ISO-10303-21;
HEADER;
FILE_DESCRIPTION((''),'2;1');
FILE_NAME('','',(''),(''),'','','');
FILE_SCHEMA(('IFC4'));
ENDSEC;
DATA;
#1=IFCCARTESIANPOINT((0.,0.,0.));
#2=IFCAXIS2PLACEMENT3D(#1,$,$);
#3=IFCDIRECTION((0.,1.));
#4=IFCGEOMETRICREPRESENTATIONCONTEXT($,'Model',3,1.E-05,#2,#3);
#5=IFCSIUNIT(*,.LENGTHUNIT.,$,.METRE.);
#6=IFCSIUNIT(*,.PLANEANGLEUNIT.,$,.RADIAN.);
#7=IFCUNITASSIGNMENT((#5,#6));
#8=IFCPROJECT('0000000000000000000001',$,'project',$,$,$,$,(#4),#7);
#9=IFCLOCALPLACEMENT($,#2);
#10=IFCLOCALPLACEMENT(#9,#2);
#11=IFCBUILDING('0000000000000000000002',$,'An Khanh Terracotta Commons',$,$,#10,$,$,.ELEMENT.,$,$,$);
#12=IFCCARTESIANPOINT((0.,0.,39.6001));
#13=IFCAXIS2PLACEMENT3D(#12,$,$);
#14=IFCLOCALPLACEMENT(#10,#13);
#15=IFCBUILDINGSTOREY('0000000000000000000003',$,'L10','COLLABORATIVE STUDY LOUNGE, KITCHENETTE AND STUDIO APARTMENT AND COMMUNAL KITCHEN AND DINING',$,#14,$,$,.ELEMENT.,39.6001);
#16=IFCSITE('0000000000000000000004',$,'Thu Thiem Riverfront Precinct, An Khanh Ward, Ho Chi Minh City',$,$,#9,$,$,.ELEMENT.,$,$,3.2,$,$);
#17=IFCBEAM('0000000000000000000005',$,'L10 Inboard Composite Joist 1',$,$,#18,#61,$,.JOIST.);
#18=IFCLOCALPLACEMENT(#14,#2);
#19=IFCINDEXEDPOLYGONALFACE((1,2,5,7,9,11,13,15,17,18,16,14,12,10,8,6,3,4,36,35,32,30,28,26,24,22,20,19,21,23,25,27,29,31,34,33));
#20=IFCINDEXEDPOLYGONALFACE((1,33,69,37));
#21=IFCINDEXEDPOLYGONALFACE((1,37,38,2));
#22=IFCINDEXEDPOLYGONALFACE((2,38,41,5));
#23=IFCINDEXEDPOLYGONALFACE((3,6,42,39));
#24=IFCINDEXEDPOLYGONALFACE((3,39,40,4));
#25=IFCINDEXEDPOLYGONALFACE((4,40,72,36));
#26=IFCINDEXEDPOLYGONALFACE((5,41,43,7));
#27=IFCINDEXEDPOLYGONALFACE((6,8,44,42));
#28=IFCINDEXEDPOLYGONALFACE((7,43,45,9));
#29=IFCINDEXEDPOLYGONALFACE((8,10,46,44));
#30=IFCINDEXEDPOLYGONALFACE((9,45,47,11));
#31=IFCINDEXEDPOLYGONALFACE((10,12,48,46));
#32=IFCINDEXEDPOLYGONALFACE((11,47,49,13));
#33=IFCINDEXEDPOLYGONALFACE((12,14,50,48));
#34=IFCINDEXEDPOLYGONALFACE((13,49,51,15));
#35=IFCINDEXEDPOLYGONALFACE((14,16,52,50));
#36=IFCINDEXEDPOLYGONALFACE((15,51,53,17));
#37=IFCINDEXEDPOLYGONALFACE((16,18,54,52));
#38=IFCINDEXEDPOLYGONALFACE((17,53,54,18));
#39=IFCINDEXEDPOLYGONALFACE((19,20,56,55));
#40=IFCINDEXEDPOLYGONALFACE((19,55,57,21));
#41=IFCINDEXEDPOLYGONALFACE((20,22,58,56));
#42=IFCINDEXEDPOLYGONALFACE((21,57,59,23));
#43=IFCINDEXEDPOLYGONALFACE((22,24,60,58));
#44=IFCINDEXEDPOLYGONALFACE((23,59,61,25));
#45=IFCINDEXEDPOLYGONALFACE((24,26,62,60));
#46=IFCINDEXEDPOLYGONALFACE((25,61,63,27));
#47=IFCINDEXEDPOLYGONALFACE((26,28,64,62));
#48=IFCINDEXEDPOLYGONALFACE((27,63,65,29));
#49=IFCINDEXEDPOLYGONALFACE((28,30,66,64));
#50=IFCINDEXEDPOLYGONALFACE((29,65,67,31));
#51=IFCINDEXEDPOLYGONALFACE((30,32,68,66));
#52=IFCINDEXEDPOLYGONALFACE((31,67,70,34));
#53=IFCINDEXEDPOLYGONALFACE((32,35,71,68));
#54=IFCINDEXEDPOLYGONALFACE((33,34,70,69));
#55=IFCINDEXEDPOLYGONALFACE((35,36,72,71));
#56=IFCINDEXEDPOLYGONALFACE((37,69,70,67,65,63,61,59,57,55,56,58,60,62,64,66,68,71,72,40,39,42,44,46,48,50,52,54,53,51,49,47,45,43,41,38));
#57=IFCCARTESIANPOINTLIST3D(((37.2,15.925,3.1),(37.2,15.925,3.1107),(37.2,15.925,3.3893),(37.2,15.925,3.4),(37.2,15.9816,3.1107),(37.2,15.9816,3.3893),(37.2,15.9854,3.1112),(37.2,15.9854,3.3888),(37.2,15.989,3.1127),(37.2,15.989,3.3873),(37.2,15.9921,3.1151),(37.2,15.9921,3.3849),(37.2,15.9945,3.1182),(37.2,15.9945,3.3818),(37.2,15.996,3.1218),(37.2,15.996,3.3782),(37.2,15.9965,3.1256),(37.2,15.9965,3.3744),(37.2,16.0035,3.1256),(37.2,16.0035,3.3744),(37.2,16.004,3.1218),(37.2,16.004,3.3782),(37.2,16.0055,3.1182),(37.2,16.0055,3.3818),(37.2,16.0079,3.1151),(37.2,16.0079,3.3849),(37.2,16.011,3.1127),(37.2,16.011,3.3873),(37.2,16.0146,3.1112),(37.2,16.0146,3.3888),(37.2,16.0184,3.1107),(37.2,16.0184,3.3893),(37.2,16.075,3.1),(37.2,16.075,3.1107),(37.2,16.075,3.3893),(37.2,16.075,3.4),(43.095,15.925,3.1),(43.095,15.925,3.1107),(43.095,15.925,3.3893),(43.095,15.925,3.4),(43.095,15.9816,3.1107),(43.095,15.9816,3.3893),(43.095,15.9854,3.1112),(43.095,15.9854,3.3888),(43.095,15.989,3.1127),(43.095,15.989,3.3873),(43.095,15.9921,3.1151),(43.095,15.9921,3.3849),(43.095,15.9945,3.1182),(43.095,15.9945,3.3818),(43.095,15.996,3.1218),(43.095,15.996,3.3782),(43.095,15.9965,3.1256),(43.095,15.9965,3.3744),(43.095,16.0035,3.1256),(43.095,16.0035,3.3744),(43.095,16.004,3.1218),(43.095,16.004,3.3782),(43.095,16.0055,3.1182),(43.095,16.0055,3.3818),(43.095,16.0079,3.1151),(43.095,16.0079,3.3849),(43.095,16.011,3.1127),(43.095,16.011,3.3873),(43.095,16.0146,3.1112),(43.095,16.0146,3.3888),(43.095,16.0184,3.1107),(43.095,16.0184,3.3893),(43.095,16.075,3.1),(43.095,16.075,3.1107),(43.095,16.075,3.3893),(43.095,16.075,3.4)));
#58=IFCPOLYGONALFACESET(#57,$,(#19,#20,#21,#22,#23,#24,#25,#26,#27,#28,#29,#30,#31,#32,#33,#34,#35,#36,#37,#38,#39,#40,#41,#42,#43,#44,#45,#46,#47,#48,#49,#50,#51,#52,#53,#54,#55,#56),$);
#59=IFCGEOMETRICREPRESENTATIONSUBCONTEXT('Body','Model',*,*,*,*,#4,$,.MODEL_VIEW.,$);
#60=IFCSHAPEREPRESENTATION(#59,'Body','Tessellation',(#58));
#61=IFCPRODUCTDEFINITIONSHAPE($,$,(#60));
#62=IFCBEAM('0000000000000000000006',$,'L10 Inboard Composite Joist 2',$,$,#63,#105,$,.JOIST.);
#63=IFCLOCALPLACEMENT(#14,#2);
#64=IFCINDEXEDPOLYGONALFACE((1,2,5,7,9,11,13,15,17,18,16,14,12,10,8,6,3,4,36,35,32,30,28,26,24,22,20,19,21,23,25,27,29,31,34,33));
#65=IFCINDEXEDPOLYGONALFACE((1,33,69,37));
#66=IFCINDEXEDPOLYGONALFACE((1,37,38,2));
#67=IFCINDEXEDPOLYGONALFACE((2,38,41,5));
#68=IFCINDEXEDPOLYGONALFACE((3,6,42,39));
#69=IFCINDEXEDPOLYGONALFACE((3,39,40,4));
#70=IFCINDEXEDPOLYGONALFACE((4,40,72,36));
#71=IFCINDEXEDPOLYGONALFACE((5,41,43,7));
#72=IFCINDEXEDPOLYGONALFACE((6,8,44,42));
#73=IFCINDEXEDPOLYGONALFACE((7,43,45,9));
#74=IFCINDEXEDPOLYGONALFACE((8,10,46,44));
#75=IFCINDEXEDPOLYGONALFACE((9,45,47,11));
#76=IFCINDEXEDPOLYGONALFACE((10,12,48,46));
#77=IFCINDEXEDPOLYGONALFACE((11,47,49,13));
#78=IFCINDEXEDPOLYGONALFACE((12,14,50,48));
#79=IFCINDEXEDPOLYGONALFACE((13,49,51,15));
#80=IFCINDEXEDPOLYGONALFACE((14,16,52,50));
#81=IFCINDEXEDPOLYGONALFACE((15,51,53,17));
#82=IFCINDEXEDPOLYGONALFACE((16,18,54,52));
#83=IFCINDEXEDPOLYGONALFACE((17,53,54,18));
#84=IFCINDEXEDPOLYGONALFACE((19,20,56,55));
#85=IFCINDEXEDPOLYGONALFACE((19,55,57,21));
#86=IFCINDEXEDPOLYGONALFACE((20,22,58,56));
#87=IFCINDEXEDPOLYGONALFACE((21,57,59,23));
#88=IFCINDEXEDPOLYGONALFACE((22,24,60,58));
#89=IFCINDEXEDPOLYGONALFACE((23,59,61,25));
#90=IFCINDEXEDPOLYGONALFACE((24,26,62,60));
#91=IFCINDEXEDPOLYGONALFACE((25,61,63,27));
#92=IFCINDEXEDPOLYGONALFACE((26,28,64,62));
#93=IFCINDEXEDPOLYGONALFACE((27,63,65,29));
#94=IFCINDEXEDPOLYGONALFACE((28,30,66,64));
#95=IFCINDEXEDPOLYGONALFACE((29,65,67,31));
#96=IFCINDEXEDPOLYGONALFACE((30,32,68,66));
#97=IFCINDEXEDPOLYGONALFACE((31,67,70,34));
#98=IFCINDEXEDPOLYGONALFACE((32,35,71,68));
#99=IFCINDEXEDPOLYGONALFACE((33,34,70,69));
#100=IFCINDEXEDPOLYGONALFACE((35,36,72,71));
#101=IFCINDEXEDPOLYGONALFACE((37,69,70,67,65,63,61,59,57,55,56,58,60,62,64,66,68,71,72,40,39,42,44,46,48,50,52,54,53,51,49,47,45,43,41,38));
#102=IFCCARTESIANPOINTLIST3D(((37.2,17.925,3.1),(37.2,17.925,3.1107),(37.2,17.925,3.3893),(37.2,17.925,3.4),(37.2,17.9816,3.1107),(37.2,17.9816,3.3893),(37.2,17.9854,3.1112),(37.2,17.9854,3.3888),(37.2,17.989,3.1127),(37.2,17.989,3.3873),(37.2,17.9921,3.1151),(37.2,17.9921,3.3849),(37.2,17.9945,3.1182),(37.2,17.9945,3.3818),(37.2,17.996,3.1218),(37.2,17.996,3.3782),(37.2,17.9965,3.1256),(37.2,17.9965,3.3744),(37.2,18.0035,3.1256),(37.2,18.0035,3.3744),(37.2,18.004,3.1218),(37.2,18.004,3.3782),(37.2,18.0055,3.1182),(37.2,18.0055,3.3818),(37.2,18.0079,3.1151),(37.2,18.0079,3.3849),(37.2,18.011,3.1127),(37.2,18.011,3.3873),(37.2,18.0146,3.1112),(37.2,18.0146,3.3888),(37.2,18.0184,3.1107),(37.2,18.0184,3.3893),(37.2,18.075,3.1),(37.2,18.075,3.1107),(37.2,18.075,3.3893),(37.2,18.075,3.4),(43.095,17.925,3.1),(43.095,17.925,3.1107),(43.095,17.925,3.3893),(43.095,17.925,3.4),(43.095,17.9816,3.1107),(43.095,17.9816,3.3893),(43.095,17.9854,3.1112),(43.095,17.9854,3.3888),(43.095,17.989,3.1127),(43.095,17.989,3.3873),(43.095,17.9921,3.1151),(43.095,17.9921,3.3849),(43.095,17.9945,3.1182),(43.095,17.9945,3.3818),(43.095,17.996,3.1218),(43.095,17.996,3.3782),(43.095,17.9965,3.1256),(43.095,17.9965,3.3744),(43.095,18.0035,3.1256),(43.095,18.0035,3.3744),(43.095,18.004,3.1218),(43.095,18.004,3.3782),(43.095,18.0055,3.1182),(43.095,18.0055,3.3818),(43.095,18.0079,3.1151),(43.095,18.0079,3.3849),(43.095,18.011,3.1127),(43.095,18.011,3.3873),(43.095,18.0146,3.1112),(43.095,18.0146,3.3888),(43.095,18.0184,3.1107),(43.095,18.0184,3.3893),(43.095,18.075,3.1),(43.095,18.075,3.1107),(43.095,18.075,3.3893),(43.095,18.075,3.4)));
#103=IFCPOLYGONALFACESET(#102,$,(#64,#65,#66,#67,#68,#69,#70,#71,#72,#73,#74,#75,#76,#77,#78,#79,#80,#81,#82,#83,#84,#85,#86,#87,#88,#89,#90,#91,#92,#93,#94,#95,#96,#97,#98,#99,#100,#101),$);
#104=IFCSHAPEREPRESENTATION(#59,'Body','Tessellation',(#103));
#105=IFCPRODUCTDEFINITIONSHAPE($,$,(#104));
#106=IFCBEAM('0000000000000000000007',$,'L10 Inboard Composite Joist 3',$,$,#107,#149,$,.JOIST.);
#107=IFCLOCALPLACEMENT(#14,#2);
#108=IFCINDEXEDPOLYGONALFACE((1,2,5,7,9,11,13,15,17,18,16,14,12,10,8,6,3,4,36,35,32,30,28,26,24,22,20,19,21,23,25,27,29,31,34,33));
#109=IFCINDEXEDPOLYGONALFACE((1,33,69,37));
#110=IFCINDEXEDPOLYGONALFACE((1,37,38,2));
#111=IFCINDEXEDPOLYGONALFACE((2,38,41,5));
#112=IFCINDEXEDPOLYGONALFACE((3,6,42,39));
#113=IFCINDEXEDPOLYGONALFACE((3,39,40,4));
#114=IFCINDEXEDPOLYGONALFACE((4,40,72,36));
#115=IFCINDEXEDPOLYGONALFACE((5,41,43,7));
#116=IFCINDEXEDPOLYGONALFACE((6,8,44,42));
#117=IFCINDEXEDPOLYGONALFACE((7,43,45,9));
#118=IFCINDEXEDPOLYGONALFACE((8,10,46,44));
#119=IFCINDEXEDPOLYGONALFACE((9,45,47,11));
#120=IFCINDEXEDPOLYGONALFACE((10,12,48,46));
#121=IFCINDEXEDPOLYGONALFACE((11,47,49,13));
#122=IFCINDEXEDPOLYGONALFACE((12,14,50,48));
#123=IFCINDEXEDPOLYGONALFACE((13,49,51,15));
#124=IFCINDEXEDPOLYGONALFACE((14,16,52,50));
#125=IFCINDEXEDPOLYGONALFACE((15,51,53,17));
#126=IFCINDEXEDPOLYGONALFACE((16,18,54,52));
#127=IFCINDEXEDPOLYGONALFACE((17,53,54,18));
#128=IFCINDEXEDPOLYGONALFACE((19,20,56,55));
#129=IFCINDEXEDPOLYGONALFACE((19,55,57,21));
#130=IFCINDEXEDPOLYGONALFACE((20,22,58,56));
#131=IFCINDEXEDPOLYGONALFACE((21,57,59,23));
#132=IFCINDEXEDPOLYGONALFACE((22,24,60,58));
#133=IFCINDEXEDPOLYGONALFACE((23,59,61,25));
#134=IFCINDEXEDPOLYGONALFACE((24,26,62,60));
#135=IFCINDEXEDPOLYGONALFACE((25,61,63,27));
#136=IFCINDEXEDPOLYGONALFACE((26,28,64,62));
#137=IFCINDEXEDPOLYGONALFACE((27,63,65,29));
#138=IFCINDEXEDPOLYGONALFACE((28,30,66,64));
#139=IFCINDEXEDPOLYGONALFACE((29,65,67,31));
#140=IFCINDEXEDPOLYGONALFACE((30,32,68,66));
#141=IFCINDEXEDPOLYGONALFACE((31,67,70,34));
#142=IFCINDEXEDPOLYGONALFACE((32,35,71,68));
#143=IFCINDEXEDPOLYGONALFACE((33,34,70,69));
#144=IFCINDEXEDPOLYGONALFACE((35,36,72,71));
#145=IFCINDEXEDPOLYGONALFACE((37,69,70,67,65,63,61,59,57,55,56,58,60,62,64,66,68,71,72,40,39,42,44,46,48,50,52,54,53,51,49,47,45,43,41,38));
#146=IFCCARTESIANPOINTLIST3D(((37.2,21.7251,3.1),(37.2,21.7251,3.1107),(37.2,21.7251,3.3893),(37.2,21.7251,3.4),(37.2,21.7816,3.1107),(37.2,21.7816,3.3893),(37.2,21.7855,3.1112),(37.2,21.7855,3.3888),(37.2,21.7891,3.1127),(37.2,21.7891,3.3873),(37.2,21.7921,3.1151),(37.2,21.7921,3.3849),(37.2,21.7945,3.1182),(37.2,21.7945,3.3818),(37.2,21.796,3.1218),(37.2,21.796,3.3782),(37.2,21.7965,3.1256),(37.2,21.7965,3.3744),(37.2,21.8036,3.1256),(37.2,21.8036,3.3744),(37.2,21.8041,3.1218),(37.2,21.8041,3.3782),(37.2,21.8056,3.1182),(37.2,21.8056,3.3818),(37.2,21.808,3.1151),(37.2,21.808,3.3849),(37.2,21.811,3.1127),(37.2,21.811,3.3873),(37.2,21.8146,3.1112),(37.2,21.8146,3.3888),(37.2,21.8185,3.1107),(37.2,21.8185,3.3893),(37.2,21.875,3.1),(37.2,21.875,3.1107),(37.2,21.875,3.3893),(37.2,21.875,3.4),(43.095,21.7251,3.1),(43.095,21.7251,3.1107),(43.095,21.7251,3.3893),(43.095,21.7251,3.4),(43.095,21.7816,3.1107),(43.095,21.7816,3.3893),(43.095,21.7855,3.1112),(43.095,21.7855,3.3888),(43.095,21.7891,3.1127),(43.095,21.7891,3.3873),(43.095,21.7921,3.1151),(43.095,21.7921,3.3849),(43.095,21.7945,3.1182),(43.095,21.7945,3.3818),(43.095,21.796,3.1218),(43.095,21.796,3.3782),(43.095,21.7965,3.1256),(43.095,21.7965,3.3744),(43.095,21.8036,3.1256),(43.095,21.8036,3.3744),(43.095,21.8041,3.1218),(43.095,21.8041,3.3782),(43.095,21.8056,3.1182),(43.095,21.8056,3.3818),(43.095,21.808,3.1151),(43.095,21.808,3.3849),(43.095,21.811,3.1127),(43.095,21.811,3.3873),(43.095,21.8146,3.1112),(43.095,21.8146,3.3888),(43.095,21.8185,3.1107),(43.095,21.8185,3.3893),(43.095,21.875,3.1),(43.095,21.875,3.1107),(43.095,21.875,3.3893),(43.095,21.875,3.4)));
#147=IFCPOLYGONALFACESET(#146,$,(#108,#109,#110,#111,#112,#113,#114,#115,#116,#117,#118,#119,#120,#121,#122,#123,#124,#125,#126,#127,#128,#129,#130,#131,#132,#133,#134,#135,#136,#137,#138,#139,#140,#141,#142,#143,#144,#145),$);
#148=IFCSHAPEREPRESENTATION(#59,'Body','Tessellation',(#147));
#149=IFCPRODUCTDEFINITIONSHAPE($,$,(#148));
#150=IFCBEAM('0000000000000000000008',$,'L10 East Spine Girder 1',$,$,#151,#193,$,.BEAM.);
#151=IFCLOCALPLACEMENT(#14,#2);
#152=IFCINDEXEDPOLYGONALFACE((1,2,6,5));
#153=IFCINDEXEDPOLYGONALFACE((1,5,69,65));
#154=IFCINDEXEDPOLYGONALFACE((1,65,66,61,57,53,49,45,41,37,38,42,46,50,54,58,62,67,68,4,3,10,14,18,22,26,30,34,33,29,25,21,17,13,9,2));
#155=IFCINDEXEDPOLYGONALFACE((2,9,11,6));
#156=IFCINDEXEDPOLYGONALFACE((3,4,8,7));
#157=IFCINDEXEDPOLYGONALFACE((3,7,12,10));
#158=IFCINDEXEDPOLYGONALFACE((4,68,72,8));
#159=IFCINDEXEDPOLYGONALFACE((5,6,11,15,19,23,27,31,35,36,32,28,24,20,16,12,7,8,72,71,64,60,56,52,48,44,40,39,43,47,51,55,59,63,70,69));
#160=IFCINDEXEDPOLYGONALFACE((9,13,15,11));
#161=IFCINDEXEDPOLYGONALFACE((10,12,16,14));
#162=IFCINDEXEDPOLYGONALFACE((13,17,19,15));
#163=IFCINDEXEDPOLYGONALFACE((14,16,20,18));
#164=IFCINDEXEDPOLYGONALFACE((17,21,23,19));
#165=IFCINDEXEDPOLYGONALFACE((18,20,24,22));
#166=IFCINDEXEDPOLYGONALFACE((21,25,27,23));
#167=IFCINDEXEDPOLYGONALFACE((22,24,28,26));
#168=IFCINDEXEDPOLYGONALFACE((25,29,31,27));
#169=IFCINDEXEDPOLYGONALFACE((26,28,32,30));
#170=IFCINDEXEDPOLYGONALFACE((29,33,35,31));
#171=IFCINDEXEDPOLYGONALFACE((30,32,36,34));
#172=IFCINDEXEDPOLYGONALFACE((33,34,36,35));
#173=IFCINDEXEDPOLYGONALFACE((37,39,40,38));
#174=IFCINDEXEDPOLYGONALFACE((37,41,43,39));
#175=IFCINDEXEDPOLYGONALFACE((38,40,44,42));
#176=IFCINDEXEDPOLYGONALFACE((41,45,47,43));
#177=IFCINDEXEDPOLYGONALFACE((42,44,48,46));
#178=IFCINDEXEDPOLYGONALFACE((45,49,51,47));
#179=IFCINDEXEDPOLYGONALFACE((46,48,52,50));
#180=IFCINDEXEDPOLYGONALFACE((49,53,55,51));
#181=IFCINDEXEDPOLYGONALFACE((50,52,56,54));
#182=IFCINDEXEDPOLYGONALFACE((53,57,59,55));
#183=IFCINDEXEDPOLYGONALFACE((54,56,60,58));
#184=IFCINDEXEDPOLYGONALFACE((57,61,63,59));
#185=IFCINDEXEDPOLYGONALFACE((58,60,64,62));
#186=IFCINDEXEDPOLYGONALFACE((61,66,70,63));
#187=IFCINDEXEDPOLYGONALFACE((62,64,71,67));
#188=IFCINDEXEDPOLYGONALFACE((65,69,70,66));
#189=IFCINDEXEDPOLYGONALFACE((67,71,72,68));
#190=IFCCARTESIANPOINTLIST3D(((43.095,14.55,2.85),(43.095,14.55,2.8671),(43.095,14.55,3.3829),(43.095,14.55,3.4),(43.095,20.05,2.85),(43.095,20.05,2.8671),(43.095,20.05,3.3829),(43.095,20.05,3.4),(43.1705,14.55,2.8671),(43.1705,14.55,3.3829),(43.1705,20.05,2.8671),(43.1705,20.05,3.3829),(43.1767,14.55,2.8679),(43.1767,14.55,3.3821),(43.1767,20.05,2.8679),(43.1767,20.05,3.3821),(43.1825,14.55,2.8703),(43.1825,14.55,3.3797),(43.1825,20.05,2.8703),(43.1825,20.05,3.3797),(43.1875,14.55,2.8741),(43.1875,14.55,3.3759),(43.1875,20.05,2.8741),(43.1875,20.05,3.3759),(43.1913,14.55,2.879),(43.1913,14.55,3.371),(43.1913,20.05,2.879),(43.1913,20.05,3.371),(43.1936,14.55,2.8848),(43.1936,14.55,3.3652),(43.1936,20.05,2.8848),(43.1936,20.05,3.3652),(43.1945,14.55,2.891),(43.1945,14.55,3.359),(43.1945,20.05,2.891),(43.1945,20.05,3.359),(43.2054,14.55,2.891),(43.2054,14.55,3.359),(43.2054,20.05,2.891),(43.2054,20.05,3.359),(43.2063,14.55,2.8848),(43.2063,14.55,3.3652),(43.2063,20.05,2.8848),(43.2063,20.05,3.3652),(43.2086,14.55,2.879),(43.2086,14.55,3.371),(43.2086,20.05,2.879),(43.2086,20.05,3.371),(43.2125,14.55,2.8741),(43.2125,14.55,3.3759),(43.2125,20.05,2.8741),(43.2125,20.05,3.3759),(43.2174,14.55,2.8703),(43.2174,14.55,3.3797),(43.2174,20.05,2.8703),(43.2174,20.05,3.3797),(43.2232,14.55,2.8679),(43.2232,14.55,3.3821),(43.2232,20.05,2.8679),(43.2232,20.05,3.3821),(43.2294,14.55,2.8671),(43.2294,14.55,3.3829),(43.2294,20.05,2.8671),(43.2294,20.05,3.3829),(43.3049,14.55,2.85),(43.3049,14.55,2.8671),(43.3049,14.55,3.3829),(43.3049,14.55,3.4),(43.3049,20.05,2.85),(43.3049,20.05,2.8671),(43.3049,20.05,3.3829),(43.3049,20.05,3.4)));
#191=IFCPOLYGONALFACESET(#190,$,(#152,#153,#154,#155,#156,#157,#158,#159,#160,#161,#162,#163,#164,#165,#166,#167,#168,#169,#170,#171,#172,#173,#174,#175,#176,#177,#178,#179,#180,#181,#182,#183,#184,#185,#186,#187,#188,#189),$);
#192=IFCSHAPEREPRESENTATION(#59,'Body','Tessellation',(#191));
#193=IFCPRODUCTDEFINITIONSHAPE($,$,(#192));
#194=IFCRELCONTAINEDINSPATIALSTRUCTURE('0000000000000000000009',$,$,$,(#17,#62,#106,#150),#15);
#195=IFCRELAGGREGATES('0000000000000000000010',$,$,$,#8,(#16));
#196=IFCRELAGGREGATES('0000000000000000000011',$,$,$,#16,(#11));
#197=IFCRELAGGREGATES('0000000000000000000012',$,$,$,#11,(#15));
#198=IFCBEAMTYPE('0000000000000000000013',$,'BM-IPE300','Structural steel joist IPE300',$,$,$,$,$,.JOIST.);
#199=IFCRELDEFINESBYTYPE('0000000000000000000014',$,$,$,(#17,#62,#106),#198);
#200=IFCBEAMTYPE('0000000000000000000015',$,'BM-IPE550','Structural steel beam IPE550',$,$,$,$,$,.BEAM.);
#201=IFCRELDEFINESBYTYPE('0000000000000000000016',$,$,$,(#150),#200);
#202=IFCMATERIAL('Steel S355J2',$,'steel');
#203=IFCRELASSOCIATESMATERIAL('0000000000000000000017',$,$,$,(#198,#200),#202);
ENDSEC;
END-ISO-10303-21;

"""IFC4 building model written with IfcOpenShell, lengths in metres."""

from ifc_helpers import new_model, si_unit, direction, frame, origin, origin_2d, place, context, subcontext, project, spatial, i_section, extrude, material, material_profile, profile_set, type_object, element, save


model = new_model("IFC4")

# Units and contexts
model_context = context("Model", 3, precision=1e-05, world=origin(), true_north=direction((0.0, 1.0)))
body_context = subcontext(model_context, "Body", "Model", "MODEL_VIEW")
ifc_project = project(units=[si_unit("LENGTHUNIT", "METRE"), si_unit("PLANEANGLEUNIT", "RADIAN")], contexts=[model_context])

# Site, building, storey
site_placement = place(None, origin())
site = spatial("IfcSite", under=ifc_project, at=site_placement, Name="Thu Thiem Riverfront Precinct, An Khanh Ward, Ho Chi Minh City", CompositionType="ELEMENT", RefElevation=3.2)
building_placement = place(site_placement, origin())
building = spatial("IfcBuilding", under=site, at=building_placement, Name="An Khanh Terracotta Commons", CompositionType="ELEMENT")
storey_placement = place(building_placement, frame((0.0, 0.0, 39.6001)))
storey = spatial("IfcBuildingStorey", under=building, at=storey_placement, Name="L10", Description="COLLABORATIVE STUDY LOUNGE, KITCHENETTE AND STUDIO APARTMENT AND COMMUNAL KITCHEN AND DINING", CompositionType="ELEMENT", Elevation=39.6001)

# Beams
ifc_material_1 = material(Name="Steel S355J2", Category="steel")
ifc_material_profile_1 = material_profile(ifc_material_1, i_section(OverallWidth=0.1499, OverallDepth=0.3, WebThickness=0.0071, FlangeThickness=0.0107, FilletRadius=0.0149, at=origin_2d()), Name="IPE300")
ifc_profile_set_1 = profile_set([ifc_material_profile_1], Name="Steel S355J2")
beam_type_1 = type_object("IfcBeamType", Name="BM-IPE300", Description="Structural steel joist IPE300", PredefinedType="JOIST", material=ifc_profile_set_1)
for number, where, z_axis, x_axis, name in (
    (1, (37.2, 16.0, 3.25), (1.0, 0.0, 0.0), (0.0, 1.0, 0.0), "L10 Inboard Composite Joist 1"),
    (2, (37.2, 18.0, 3.25), (1.0, 0.0, 0.0), (0.0, 1.0, 0.0), "L10 Inboard Composite Joist 2"),
    (3, (37.2, 21.8, 3.25), (1.0, 0.0, 0.0), (0.0, 1.0, 0.0), "L10 Inboard Composite Joist 3"),
):
    element("IfcBeam", number, at=place(storey_placement, frame(where, z_axis=z_axis, x_axis=x_axis)), inside=storey, type_object=beam_type_1, Name=name, PredefinedType="JOIST", context=body_context, shape_type="SweptSolid", body=[
        extrude(i_section(OverallWidth=0.1499, OverallDepth=0.3, WebThickness=0.0071, FlangeThickness=0.0107, FilletRadius=0.0149, at=origin_2d()), origin(), (0.0, 0.0, 1.0), 5.895),
    ])
ifc_material_profile_2 = material_profile(ifc_material_1, i_section(OverallWidth=0.21, OverallDepth=0.55, WebThickness=0.011, FlangeThickness=0.0171, FilletRadius=0.0239, at=origin_2d()), Name="IPE550")
ifc_profile_set_2 = profile_set([ifc_material_profile_2], Name="Steel S355J2")
beam_type_2 = type_object("IfcBeamType", Name="BM-IPE550", Description="Structural steel beam IPE550", PredefinedType="BEAM", material=ifc_profile_set_2)
beam_1_placement = place(storey_placement, frame((43.2, 14.55, 3.125), z_axis=(0.0, 1.0, 0.0), x_axis=(-1.0, 0.0, 0.0)))
element("IfcBeam", 4, at=beam_1_placement, inside=storey, type_object=beam_type_2, Name="L10 East Spine Girder 1", PredefinedType="BEAM", context=body_context, shape_type="SweptSolid", body=[
    extrude(i_section(OverallWidth=0.21, OverallDepth=0.55, WebThickness=0.011, FlangeThickness=0.0171, FilletRadius=0.0239, at=origin_2d()), origin(), (0.0, 0.0, 1.0), 5.5),
])

save(model, "model.ifc")
